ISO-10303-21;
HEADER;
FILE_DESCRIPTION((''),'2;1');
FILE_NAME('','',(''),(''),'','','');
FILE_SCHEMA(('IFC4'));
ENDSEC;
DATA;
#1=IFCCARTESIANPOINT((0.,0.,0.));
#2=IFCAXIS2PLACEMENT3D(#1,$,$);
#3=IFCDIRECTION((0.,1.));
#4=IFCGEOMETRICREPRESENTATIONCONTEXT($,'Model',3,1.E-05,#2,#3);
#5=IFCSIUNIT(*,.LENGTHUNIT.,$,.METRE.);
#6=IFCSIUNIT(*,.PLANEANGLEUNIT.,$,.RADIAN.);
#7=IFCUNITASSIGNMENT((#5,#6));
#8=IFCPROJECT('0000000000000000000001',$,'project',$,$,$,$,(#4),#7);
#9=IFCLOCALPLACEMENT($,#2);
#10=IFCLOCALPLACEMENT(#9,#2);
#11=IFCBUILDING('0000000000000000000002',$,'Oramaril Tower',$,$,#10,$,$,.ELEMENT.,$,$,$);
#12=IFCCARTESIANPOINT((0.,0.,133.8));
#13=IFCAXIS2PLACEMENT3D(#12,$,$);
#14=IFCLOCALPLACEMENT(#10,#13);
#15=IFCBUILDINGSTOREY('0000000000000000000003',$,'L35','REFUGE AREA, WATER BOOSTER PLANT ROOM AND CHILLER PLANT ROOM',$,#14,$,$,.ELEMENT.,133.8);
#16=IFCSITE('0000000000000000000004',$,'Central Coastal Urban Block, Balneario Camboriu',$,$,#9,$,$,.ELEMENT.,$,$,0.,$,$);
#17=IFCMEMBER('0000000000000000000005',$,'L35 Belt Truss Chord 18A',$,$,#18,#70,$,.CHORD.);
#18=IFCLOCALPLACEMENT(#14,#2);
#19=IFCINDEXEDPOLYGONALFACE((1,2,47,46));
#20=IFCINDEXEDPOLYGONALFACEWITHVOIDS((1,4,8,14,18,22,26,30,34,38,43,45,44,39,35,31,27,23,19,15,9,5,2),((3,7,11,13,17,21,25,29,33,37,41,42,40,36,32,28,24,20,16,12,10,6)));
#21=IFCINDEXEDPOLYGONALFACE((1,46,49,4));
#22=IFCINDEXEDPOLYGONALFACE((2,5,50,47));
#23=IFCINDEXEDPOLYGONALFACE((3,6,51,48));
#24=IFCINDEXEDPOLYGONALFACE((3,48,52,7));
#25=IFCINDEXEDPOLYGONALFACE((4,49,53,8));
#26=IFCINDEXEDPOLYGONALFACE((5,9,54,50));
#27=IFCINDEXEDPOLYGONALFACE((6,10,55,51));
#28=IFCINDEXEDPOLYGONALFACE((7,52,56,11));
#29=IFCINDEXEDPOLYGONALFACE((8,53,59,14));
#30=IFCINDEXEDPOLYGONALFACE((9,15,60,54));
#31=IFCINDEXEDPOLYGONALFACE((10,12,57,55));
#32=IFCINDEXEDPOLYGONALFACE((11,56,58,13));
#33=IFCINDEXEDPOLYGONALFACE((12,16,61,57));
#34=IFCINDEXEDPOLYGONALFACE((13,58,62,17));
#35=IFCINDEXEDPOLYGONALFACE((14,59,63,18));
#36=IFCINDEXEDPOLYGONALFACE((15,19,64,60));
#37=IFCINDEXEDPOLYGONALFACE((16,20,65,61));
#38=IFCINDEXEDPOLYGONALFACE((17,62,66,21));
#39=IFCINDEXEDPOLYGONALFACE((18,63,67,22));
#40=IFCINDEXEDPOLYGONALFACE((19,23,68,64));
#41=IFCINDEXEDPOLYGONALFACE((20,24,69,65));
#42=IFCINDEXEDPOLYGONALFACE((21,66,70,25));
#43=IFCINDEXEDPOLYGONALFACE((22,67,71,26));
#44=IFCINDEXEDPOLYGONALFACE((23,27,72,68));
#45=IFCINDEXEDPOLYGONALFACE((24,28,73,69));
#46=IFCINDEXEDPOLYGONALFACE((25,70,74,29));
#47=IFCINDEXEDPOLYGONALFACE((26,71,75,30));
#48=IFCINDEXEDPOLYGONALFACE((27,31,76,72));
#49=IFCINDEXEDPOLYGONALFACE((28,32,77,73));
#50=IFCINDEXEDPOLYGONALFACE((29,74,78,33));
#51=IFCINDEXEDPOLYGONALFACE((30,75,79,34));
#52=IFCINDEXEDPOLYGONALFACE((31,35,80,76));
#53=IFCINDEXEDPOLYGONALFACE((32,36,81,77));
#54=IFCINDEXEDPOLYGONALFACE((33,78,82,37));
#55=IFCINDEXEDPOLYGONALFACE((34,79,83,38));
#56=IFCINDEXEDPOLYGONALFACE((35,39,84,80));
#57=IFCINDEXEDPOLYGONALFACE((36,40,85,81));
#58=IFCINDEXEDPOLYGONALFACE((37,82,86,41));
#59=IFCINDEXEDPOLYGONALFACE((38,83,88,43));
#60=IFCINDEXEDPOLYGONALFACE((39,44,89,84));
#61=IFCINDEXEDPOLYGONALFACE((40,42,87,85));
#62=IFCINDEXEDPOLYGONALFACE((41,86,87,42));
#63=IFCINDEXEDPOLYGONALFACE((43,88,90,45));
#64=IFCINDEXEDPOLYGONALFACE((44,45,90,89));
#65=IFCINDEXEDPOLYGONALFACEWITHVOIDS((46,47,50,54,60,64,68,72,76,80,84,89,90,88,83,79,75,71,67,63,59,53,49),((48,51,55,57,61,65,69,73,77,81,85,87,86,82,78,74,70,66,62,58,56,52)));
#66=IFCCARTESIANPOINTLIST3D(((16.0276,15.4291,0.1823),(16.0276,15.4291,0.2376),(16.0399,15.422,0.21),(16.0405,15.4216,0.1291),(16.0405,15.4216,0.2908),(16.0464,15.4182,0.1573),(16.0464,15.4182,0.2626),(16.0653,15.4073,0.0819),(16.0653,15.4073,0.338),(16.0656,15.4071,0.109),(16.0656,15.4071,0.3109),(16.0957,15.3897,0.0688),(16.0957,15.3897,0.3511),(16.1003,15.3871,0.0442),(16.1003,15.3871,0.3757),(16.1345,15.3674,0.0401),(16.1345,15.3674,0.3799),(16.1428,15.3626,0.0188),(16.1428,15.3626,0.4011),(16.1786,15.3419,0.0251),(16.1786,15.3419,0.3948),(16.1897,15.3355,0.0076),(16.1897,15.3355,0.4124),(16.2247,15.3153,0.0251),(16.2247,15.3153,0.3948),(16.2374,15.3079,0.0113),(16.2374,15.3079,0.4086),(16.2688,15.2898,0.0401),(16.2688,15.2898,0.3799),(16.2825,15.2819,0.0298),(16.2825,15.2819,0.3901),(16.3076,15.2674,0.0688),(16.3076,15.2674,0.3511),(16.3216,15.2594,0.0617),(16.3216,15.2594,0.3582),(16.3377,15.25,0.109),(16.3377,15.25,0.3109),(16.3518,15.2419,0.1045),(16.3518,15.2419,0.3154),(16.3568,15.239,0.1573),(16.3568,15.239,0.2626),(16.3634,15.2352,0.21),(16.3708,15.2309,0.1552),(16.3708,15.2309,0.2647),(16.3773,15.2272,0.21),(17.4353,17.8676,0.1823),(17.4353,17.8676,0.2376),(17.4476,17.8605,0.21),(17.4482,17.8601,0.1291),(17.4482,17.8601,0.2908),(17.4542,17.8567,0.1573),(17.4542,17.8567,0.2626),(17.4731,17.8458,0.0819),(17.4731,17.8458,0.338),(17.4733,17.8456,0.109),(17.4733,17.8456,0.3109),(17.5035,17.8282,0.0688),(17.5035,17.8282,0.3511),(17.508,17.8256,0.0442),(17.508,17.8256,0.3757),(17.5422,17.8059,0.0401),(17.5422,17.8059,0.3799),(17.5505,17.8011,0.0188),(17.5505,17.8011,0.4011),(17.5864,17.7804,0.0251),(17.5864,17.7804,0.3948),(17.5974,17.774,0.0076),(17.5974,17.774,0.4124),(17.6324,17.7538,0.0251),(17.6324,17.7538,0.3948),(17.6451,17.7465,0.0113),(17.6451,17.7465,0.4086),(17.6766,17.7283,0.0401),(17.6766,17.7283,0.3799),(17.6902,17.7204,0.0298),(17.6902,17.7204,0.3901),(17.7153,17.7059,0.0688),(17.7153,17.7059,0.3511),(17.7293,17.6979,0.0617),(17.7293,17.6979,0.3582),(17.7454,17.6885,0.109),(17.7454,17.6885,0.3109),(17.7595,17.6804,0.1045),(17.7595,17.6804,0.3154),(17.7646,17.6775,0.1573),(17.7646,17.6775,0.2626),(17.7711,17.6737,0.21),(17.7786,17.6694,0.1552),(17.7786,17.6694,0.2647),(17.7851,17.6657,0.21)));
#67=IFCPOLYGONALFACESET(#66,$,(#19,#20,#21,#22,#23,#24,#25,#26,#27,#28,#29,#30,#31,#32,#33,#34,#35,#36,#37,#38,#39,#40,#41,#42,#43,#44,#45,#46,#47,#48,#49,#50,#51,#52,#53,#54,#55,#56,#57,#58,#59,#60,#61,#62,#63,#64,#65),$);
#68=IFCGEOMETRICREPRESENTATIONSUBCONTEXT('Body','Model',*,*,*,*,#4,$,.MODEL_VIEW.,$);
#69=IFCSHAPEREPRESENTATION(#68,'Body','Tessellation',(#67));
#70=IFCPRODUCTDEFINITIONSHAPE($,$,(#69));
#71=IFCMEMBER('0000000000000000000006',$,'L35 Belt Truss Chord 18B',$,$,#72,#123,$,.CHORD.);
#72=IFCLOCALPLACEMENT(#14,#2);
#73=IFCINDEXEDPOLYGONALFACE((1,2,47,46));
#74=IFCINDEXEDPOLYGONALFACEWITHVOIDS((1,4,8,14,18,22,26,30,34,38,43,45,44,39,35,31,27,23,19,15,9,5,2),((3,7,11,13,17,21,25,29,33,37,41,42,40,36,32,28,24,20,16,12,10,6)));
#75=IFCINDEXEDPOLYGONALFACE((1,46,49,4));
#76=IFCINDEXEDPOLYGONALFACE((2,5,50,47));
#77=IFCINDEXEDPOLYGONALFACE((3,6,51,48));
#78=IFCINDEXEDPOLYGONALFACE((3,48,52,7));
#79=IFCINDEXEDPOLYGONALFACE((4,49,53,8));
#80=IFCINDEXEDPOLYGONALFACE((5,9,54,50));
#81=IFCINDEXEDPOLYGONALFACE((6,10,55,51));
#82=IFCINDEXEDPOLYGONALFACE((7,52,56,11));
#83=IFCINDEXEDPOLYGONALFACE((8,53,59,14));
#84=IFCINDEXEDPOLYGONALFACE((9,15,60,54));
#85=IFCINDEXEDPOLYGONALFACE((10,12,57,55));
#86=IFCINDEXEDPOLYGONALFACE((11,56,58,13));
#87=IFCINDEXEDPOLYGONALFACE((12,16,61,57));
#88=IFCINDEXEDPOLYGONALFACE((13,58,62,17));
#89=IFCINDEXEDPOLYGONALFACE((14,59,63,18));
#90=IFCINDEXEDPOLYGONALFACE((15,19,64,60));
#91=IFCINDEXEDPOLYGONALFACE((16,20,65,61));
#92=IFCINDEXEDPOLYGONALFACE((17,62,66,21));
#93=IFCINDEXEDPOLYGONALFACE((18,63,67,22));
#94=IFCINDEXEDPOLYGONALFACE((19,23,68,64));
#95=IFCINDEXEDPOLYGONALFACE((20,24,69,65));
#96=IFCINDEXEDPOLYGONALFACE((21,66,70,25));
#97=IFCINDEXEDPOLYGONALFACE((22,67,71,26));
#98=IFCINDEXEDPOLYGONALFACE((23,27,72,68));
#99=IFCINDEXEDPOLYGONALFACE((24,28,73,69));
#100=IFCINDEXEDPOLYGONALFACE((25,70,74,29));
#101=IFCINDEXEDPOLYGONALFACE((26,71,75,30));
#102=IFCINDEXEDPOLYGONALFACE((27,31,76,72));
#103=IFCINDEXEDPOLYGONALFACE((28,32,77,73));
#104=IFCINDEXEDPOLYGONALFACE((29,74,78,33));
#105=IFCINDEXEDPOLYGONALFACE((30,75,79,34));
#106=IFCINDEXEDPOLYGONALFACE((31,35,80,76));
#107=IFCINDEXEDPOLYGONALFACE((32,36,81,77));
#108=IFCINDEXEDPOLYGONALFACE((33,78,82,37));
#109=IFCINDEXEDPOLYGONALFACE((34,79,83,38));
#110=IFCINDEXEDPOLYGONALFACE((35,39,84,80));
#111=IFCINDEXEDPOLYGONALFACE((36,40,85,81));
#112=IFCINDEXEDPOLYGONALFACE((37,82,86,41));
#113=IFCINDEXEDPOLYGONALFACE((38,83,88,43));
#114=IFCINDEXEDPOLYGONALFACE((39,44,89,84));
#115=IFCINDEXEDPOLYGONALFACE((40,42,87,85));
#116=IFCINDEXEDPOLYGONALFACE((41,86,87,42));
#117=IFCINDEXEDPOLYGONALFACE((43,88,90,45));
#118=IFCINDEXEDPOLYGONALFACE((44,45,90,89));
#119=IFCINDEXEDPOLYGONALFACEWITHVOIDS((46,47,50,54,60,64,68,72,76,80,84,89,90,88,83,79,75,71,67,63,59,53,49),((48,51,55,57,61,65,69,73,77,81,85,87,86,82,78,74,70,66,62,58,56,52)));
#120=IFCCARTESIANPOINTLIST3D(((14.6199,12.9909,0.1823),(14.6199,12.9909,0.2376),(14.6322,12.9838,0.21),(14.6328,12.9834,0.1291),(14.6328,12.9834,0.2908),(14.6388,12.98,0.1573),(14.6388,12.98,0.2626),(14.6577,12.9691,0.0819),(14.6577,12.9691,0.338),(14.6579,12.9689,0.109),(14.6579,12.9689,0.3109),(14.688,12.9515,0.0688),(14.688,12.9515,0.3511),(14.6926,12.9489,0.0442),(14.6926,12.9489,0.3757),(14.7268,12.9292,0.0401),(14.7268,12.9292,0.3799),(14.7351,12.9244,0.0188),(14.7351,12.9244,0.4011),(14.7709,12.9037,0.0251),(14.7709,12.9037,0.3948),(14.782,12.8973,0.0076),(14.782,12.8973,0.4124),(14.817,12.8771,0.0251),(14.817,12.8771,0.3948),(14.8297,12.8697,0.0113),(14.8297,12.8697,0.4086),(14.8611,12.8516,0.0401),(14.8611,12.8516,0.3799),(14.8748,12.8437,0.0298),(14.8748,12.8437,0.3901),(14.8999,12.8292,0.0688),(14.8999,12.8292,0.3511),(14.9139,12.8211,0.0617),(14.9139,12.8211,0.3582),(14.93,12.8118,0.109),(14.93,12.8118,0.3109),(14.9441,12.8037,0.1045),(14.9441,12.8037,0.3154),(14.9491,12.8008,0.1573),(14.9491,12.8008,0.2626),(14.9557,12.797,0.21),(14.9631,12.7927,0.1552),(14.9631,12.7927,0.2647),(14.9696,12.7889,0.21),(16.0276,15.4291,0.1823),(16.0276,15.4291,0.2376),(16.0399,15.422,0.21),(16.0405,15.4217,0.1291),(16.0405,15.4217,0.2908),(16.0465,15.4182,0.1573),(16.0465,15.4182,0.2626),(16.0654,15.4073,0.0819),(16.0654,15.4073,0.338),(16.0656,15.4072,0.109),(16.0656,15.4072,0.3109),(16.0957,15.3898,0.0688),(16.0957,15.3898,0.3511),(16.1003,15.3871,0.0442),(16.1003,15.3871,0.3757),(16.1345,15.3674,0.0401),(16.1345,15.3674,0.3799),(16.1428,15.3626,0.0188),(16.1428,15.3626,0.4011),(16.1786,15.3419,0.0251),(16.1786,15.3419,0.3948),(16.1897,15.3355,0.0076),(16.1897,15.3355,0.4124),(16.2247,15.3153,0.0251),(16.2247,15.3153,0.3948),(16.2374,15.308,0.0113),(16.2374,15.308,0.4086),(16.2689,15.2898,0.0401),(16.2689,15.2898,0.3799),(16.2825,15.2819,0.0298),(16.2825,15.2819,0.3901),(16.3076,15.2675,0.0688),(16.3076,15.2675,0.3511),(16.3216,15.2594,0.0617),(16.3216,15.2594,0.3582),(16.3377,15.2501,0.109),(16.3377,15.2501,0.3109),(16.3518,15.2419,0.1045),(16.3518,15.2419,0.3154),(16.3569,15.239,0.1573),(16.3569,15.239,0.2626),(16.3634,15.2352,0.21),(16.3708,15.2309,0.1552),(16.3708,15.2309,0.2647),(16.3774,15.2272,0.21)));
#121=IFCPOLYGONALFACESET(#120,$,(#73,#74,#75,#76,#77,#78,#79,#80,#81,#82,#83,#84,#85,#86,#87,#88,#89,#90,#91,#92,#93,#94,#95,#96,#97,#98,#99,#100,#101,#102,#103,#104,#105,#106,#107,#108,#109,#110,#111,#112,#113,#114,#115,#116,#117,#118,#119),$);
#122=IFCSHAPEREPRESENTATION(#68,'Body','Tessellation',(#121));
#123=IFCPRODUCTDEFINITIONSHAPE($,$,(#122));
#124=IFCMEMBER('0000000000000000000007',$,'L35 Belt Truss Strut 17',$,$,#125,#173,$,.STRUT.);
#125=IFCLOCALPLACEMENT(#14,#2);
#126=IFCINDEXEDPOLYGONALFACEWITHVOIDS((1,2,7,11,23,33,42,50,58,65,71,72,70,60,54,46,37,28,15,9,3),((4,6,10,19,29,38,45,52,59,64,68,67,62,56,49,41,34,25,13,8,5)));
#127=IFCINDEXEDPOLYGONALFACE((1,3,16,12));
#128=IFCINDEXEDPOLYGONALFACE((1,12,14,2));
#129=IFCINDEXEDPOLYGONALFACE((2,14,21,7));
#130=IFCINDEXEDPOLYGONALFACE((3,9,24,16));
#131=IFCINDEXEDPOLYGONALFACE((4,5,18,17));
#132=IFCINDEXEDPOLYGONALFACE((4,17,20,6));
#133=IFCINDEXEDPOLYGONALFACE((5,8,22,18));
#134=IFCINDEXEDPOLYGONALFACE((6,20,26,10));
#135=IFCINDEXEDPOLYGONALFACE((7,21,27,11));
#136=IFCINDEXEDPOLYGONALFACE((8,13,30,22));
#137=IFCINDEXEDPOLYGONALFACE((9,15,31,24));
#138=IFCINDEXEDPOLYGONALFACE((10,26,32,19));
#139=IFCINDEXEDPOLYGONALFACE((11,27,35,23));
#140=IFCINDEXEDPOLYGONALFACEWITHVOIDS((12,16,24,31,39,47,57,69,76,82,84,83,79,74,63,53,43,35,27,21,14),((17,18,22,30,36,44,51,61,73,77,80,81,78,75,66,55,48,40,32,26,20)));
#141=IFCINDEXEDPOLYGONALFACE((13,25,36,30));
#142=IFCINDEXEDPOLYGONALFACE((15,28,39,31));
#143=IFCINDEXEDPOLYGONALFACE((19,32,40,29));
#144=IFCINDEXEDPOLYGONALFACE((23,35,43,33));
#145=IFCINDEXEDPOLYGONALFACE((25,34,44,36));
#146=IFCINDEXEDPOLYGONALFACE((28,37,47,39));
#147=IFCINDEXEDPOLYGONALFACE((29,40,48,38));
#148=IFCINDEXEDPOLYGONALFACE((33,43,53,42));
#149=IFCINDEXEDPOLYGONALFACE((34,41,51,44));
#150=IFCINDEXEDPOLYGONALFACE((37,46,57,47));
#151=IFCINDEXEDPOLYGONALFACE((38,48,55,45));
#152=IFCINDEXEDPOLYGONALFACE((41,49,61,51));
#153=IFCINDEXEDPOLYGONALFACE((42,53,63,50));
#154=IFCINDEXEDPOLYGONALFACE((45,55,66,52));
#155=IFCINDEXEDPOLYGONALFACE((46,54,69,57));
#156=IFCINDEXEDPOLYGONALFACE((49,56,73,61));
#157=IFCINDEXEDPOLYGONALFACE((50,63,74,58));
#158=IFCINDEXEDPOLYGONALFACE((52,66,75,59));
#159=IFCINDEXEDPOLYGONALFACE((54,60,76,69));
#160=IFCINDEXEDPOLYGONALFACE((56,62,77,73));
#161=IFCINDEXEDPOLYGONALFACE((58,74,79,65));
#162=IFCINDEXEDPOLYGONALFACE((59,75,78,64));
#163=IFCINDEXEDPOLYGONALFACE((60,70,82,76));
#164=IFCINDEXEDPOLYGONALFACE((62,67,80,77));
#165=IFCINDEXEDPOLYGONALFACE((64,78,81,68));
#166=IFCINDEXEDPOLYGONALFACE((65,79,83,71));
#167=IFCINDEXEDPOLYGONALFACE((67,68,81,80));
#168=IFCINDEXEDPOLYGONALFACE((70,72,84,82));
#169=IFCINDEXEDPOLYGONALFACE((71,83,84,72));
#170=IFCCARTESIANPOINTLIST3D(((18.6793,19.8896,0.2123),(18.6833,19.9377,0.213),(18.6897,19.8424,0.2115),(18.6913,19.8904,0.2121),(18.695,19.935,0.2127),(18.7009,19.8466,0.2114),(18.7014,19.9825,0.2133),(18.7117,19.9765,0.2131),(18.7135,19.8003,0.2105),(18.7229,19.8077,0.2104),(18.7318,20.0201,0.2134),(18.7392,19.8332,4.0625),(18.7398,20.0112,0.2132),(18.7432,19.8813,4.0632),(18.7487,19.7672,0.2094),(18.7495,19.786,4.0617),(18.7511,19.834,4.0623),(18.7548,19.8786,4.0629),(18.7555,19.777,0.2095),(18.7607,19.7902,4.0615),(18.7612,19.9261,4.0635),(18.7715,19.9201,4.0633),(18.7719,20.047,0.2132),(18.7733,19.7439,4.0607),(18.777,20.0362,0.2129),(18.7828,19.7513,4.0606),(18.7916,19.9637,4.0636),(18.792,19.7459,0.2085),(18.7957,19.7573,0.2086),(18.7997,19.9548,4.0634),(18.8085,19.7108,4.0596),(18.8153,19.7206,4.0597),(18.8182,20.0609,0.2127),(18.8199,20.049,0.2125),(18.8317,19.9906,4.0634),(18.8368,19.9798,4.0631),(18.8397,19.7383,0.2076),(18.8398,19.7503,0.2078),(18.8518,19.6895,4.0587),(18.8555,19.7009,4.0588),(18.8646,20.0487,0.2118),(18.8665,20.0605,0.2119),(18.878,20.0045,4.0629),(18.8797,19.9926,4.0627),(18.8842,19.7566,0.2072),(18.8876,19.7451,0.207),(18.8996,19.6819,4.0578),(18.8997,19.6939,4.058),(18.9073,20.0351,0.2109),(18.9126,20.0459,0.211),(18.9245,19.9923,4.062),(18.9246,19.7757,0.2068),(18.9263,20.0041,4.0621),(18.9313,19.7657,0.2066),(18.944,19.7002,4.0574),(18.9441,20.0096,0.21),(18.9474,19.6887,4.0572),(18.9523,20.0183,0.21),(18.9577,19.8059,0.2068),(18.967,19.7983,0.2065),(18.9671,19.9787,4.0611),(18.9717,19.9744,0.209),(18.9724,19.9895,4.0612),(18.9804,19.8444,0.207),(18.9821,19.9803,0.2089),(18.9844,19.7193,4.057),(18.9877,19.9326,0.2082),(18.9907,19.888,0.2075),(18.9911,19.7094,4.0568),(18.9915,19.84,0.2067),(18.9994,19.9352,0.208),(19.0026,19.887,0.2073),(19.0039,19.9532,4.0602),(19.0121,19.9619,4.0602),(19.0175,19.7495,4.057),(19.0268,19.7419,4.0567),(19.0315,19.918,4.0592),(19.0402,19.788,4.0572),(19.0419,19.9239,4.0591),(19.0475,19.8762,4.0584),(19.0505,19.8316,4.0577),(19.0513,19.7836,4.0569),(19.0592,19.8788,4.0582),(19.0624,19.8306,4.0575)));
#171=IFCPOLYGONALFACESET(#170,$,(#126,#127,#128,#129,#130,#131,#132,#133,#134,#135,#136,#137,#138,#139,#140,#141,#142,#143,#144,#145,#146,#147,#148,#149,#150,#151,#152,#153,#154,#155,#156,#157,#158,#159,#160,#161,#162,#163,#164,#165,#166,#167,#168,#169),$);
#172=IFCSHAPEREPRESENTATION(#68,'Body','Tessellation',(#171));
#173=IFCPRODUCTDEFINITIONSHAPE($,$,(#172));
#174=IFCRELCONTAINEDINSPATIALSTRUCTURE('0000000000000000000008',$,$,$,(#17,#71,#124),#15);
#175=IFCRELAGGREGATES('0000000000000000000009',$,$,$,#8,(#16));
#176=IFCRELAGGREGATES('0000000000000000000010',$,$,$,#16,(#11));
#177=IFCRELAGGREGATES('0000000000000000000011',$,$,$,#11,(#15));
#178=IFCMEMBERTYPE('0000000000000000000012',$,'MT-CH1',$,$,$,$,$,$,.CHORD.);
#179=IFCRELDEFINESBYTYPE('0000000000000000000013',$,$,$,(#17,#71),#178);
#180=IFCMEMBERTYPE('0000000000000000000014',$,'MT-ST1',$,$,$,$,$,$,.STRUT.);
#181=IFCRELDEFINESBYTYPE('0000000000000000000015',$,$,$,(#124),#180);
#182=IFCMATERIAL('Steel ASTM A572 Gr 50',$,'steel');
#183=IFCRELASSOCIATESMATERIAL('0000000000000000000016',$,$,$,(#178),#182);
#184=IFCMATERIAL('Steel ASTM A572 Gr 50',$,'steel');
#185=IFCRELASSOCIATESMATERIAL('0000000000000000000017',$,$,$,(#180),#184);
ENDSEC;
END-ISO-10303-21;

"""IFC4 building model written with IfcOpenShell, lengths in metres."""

from ifc_helpers import new_model, si_unit, direction, frame, origin, origin_2d, place, context, subcontext, project, spatial, hollow_circle, extrude, material, material_profile, profile_set, type_object, element, save


model = new_model("IFC4")

# Units and contexts
model_context = context("Model", 3, precision=1e-05, world=origin(), true_north=direction((0.0, 1.0)))
body_context = subcontext(model_context, "Body", "Model", "MODEL_VIEW")
ifc_project = project(units=[si_unit("LENGTHUNIT", "METRE"), si_unit("PLANEANGLEUNIT", "RADIAN")], contexts=[model_context])

# Site, building, storey
site_placement = place(None, origin())
site = spatial("IfcSite", under=ifc_project, at=site_placement, Name="Central Coastal Urban Block, Balneario Camboriu", CompositionType="ELEMENT", RefElevation=0.0)
building_placement = place(site_placement, origin())
building = spatial("IfcBuilding", under=site, at=building_placement, Name="Oramaril Tower", CompositionType="ELEMENT")
storey_placement = place(building_placement, frame((0.0, 0.0, 133.8)))
storey = spatial("IfcBuildingStorey", under=building, at=storey_placement, Name="L35", Description="REFUGE AREA, WATER BOOSTER PLANT ROOM AND CHILLER PLANT ROOM", CompositionType="ELEMENT", Elevation=133.8)

# Members
ifc_material_1 = material(Name="Steel ASTM A572 Gr 50", Category="steel")
ifc_material_profile_1 = material_profile(ifc_material_1, hollow_circle(Radius=0.2029, WallThickness=0.0161, at=origin_2d()), Name="CHS406X16")
ifc_profile_set_1 = profile_set([ifc_material_profile_1], Name="Steel ASTM A572 Gr 50")
member_type_1 = type_object("IfcMemberType", Name="MT-CH1", PredefinedType="CHORD", material=ifc_profile_set_1)
member_1_placement = place(storey_placement, frame((17.6094, 17.7671, 0.21), z_axis=(-0.499963, -0.866047, 0.0), x_axis=(0.866047, -0.499963, 0.0)))
element("IfcMember", 1, at=member_1_placement, inside=storey, type_object=member_type_1, Name="L35 Belt Truss Chord 18A", PredefinedType="CHORD", context=body_context, shape_type="SweptSolid", body=[
    extrude(hollow_circle(Radius=0.2029, WallThickness=0.0161, at=origin_2d()), origin(), (0.0, 0.0, 1.0), 2.8157),
])
member_2_placement = place(storey_placement, frame((16.2017, 15.3286, 0.21), z_axis=(-0.5, -0.866025, 0.0), x_axis=(0.866025, -0.5, 0.0)))
element("IfcMember", 2, at=member_2_placement, inside=storey, type_object=member_type_1, Name="L35 Belt Truss Chord 18B", PredefinedType="CHORD", context=body_context, shape_type="SweptSolid", body=[
    extrude(hollow_circle(Radius=0.2029, WallThickness=0.0161, at=origin_2d()), origin(), (0.0, 0.0, 1.0), 2.8154),
])
ifc_material_2 = material(Name="Steel ASTM A572 Gr 50", Category="steel")
ifc_material_profile_2 = material_profile(ifc_material_2, hollow_circle(Radius=0.1621, WallThickness=0.012, at=origin_2d()), Name="CHS324X12")
ifc_profile_set_2 = profile_set([ifc_material_profile_2], Name="Steel ASTM A572 Gr 50")
member_type_2 = type_object("IfcMemberType", Name="MT-ST1", PredefinedType="STRUT", material=ifc_profile_set_2)
for number, where, z_axis, x_axis, name in (
    (3, (18.8411, 19.9004, 0.21), (0.015532, -0.014645, 0.999772), (0.686013, 0.727589, 0.0), "L35 Belt Truss Strut 17"),
):
    element("IfcMember", number, at=place(storey_placement, frame(where, z_axis=z_axis, x_axis=x_axis)), inside=storey, type_object=member_type_2, Name=name, PredefinedType="STRUT", context=body_context, shape_type="SweptSolid", body=[
        extrude(hollow_circle(Radius=0.1621, WallThickness=0.012, at=origin_2d()), origin(), (0.0, 0.0, 1.0), 3.8511),
    ])

save(model, "model.ifc")
